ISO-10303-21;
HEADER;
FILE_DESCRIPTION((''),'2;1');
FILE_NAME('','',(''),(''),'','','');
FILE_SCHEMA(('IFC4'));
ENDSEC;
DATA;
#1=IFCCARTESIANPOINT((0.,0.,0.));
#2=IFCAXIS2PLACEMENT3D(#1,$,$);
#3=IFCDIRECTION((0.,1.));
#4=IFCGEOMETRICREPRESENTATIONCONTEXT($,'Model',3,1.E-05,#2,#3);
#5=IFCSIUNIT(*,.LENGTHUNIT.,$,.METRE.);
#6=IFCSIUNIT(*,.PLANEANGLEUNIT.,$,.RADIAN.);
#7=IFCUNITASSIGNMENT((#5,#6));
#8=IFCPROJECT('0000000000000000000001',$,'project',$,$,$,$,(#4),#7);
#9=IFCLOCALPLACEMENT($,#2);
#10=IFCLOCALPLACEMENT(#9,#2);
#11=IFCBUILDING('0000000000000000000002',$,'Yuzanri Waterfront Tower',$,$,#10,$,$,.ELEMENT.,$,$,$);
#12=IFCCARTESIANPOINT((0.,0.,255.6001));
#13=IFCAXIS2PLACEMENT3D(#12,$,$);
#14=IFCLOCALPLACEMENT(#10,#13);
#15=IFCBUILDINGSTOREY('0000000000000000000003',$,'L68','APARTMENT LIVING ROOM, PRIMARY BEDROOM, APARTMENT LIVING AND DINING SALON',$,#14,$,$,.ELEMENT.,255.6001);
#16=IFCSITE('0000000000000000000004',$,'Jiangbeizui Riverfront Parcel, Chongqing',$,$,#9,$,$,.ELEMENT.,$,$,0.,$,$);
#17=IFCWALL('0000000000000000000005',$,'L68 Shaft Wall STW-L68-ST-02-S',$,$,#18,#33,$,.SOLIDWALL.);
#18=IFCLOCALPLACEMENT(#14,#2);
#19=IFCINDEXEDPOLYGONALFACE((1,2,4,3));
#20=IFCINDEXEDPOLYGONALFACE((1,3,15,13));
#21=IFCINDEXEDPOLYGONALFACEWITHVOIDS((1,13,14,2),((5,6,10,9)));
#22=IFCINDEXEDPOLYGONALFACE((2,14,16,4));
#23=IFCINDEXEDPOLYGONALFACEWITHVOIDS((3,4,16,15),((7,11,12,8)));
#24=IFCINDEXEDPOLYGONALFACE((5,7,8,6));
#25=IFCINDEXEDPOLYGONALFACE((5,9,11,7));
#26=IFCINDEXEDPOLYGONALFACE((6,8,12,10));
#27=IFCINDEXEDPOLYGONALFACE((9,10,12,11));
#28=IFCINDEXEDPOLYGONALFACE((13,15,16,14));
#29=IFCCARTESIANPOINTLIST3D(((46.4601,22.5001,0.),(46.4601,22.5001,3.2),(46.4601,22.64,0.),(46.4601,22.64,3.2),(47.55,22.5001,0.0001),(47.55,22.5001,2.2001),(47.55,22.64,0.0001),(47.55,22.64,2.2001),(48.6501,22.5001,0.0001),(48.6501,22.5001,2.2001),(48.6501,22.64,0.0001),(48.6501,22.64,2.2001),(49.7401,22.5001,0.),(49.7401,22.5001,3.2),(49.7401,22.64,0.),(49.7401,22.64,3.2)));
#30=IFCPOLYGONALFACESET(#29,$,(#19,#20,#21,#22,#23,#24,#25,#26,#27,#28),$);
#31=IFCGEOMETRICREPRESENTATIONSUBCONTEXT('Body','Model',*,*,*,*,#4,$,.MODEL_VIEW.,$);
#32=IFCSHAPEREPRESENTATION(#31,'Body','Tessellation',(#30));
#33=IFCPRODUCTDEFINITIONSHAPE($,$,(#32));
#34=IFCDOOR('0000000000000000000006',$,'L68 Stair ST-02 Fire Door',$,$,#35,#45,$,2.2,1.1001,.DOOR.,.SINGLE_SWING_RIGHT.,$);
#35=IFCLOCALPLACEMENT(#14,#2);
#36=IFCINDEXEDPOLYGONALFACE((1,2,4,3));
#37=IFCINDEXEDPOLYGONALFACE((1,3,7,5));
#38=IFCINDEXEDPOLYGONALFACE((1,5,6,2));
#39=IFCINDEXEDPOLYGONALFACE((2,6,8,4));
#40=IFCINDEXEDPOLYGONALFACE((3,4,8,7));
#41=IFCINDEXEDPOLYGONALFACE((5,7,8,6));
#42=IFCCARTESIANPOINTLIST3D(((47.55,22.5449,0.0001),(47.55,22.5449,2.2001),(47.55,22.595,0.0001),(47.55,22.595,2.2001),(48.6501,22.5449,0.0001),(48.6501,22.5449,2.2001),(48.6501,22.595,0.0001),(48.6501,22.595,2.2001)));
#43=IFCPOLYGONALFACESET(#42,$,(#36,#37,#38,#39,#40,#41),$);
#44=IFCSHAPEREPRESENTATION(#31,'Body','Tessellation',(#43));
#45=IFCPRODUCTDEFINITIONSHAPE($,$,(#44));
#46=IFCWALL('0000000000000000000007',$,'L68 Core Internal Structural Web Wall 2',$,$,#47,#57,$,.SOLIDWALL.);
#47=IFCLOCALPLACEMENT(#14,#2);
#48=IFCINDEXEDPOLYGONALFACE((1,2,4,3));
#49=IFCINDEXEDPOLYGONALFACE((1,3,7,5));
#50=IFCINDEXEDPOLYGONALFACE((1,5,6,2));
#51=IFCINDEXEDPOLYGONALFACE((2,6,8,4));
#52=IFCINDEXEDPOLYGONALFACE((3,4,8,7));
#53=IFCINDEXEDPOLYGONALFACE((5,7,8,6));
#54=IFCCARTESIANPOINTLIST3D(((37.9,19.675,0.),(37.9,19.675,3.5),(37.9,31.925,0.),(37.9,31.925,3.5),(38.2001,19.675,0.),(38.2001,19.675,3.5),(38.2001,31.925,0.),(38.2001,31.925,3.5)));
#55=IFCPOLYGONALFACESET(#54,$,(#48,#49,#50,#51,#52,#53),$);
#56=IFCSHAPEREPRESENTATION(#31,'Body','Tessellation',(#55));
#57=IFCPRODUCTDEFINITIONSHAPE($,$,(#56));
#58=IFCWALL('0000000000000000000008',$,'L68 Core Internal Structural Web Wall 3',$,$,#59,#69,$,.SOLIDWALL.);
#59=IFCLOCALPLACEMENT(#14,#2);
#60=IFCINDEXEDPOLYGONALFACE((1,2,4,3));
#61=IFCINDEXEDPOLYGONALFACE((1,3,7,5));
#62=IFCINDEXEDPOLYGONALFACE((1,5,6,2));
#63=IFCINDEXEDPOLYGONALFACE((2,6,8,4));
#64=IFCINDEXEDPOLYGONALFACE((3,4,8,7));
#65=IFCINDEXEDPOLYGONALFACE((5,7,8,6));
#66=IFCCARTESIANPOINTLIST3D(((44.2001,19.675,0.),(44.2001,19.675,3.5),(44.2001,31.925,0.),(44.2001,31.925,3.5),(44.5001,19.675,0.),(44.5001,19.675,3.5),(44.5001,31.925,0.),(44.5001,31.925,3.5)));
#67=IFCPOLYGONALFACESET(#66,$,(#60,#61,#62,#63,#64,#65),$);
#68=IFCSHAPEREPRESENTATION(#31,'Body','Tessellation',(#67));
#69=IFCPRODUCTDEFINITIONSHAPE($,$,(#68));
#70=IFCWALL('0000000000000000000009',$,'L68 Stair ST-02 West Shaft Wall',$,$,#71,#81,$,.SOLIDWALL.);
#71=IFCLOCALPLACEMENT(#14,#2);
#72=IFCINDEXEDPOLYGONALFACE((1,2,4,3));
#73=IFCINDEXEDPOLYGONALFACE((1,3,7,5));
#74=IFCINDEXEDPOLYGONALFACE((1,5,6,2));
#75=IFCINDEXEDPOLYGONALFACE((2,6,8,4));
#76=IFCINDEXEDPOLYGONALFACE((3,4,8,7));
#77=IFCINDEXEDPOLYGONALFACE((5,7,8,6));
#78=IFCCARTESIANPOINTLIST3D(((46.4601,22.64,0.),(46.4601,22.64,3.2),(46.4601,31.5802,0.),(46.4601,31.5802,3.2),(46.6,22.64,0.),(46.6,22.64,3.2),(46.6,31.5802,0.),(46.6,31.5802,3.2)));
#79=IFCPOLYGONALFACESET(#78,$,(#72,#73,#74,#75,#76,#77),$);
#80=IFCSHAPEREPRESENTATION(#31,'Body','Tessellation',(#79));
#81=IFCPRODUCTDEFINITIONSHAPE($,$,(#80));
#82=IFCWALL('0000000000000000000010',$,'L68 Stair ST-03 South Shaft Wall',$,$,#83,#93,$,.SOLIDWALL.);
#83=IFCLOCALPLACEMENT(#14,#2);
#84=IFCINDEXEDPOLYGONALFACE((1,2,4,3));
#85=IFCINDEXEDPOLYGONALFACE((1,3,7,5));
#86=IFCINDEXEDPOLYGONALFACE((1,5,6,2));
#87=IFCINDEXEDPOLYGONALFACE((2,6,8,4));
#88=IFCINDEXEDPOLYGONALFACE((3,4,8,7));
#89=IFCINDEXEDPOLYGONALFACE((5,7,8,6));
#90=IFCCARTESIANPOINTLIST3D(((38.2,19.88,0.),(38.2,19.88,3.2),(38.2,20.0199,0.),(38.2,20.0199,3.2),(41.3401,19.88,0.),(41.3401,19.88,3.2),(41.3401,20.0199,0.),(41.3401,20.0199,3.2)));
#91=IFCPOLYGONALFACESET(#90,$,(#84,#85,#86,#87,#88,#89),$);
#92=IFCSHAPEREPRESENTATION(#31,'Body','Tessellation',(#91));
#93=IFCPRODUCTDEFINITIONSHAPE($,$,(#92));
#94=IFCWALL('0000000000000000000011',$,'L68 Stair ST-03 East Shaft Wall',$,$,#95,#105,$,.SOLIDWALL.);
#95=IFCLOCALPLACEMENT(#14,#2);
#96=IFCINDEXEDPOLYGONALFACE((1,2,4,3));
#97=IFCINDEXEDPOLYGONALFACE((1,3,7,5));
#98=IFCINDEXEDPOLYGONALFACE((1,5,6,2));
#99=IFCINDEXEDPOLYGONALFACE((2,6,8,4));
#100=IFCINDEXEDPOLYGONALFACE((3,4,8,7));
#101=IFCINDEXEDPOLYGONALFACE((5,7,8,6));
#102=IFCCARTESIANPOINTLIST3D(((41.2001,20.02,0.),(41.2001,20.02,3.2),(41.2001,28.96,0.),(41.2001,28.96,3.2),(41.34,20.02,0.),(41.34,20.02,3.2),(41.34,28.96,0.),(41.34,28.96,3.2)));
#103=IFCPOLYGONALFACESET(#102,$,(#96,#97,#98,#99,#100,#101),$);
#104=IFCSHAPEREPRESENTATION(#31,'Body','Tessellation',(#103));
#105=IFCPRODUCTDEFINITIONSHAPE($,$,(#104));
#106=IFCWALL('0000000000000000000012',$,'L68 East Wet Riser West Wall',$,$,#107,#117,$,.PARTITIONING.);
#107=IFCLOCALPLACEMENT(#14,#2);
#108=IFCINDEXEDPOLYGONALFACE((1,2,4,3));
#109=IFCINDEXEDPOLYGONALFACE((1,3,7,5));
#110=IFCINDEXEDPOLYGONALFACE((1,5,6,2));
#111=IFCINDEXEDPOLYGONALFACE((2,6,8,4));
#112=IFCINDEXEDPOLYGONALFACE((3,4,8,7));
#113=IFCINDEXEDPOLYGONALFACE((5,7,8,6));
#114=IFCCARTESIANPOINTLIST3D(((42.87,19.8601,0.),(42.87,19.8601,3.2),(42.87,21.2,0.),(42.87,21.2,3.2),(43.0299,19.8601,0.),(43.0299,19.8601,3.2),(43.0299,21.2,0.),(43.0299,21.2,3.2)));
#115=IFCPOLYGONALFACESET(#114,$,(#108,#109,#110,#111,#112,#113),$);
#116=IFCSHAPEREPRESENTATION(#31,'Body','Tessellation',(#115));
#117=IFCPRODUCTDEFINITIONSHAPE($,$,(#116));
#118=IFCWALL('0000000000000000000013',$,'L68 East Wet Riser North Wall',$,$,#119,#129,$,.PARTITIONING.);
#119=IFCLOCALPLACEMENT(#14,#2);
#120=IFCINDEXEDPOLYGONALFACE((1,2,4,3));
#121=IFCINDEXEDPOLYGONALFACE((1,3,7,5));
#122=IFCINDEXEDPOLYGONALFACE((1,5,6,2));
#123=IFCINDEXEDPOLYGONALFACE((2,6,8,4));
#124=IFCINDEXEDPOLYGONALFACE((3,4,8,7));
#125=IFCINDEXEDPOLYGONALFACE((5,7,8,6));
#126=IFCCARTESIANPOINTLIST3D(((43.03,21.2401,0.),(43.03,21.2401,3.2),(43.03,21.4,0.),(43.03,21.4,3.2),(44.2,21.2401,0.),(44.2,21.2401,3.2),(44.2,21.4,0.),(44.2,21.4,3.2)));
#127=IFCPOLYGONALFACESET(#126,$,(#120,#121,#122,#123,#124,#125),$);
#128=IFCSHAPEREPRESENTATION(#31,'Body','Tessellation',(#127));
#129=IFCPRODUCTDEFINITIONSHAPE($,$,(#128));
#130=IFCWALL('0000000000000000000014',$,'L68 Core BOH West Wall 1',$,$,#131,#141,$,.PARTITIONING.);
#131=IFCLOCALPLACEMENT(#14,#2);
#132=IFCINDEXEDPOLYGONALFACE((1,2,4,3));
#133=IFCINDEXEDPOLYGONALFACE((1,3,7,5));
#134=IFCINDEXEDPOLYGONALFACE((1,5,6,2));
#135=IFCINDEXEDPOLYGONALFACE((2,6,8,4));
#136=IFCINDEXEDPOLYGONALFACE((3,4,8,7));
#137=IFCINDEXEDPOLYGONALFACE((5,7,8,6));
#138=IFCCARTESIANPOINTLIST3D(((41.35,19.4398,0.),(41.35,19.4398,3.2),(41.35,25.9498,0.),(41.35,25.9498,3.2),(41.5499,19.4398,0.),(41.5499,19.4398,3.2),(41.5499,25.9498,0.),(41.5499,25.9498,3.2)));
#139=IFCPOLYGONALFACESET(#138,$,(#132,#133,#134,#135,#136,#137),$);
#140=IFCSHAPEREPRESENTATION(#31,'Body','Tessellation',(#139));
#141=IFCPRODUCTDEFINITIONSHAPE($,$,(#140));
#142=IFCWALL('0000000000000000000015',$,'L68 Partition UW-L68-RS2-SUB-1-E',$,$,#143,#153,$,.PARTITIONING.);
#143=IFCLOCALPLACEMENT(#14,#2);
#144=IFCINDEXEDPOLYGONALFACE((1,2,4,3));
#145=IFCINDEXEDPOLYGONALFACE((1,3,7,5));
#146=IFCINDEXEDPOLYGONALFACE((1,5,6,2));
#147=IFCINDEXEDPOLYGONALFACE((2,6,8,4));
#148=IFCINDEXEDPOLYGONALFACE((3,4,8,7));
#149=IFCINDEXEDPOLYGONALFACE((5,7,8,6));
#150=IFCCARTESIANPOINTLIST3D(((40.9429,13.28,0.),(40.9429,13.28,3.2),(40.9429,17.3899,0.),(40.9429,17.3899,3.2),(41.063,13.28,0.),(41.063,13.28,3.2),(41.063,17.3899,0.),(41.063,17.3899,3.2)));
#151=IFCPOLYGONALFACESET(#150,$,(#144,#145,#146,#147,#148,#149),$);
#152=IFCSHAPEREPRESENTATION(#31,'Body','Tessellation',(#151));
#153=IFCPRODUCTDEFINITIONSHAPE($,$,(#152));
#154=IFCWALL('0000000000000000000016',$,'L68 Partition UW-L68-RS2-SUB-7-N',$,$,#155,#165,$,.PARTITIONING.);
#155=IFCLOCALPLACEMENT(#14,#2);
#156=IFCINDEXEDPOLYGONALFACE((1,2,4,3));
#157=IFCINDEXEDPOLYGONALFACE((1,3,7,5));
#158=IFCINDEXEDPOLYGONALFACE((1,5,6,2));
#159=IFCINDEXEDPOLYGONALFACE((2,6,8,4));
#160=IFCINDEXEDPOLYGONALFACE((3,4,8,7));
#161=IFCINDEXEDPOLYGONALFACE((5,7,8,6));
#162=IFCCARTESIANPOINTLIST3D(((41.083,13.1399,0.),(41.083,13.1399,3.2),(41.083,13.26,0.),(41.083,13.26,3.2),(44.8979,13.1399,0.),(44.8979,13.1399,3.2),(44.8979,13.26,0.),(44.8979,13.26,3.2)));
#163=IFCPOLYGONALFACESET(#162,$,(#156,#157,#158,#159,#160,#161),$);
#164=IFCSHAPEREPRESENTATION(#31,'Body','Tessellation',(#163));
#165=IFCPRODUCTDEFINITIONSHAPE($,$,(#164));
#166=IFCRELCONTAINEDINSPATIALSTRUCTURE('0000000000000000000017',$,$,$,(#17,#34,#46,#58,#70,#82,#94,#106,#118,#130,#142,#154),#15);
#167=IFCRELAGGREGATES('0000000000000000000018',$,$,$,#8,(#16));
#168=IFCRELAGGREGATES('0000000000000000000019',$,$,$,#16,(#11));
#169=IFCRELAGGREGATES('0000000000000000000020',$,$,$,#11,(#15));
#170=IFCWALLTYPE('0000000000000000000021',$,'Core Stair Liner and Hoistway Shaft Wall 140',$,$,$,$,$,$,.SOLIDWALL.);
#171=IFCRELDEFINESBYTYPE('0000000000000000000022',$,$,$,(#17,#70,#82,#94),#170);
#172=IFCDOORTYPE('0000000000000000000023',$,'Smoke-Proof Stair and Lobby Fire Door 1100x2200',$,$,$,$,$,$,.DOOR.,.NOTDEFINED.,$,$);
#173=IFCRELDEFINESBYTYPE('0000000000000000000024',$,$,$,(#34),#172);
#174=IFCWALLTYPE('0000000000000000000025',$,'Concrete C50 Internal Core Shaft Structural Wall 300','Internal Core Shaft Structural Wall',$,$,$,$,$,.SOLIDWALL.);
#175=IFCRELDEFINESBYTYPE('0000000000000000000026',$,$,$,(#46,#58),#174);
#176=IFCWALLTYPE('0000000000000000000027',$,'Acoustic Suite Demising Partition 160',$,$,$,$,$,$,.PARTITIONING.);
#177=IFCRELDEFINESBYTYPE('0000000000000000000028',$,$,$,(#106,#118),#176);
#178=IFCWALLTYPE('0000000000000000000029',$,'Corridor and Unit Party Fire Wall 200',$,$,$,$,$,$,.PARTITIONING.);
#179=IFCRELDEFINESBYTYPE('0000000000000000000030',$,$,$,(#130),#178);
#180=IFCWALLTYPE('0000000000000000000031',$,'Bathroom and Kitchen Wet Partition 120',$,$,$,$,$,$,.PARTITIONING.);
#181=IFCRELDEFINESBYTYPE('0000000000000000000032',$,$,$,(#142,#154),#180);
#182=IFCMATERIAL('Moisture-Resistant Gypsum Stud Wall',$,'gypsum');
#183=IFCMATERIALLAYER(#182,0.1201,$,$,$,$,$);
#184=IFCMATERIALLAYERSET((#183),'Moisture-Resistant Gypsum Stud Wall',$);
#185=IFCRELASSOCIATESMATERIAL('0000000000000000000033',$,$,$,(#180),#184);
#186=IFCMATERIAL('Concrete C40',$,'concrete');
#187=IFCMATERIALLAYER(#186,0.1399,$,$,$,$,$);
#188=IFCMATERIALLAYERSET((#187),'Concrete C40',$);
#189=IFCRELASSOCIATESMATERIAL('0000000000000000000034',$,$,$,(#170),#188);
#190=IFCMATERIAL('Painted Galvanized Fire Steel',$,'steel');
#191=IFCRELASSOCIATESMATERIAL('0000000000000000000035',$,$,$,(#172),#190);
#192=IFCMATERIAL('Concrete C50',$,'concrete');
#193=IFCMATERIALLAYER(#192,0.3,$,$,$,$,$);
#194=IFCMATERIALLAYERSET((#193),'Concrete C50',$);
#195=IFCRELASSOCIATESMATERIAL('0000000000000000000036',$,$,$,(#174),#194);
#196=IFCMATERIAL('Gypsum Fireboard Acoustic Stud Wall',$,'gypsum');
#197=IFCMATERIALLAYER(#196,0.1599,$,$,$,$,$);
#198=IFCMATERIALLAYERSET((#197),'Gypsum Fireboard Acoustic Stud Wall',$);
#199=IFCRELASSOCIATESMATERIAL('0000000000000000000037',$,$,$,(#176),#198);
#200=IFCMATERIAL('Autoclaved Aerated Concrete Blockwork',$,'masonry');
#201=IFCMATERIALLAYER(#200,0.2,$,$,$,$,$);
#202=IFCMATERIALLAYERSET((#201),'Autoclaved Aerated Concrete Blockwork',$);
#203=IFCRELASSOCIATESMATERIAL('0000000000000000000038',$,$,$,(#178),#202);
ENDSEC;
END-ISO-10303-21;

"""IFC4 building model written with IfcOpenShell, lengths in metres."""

from ifc_helpers import new_model, si_unit, direction, frame, frame_2d, origin, place, context, subcontext, project, spatial, rectangle, extrude, source, transform, mapped, material, layer, layer_set, type_object, element, fill, save


model = new_model("IFC4")

# Units and contexts
model_context = context("Model", 3, precision=1e-05, world=origin(), true_north=direction((0.0, 1.0)))
body_context = subcontext(model_context, "Body", "Model", "MODEL_VIEW")
ifc_project = project(units=[si_unit("LENGTHUNIT", "METRE"), si_unit("PLANEANGLEUNIT", "RADIAN")], contexts=[model_context])

# Site, building, storey
site_placement = place(None, origin())
site = spatial("IfcSite", under=ifc_project, at=site_placement, Name="Jiangbeizui Riverfront Parcel, Chongqing", CompositionType="ELEMENT", RefElevation=0.0)
building_placement = place(site_placement, origin())
building = spatial("IfcBuilding", under=site, at=building_placement, Name="Yuzanri Waterfront Tower", CompositionType="ELEMENT")
storey_placement = place(building_placement, frame((0.0, 0.0, 255.6001)))
storey = spatial("IfcBuildingStorey", under=building, at=storey_placement, Name="L68", Description="APARTMENT LIVING ROOM, PRIMARY BEDROOM, APARTMENT LIVING AND DINING SALON", CompositionType="ELEMENT", Elevation=255.6001)

# Wall, opening, door
ifc_material_1 = material(Name="Moisture-Resistant Gypsum Stud Wall", Category="gypsum")
ifc_layer_1 = layer(ifc_material_1, 0.1201)
ifc_layer_set_1 = layer_set([ifc_layer_1], Name="Moisture-Resistant Gypsum Stud Wall")
wall_type_1 = type_object("IfcWallType", Name="Bathroom and Kitchen Wet Partition 120", PredefinedType="PARTITIONING", material=ifc_layer_set_1)
ifc_material_2 = material(Name="Concrete C40", Category="concrete")
ifc_layer_2 = layer(ifc_material_2, 0.1399)
ifc_layer_set_2 = layer_set([ifc_layer_2], Name="Concrete C40")
wall_type_2 = type_object("IfcWallType", Name="Core Stair Liner and Hoistway Shaft Wall 140", PredefinedType="SOLIDWALL", material=ifc_layer_set_2)
wall_1_placement = place(storey_placement, frame((46.46, 22.5701, 0.0), z_axis=(0.0, 0.0, 1.0), x_axis=(1.0, 0.0, 0.0)))
wall_1 = element("IfcWall", 1, at=wall_1_placement, inside=storey, type_object=wall_type_2, Name="L68 Shaft Wall STW-L68-ST-02-S", PredefinedType="SOLIDWALL", context=body_context, shape_type="SweptSolid", body=[
    extrude(rectangle(XDim=3.28, YDim=0.1399, at=frame_2d((1.6401, 0.0))), origin(), (0.0, 0.0, 1.0), 3.2),
])
opening_1_placement = place(wall_1_placement, frame((1.0901, 0.0, 0.0)))
opening_1 = element("IfcOpeningElement", 2, at=opening_1_placement, cuts=wall_1, PredefinedType="OPENING", context=body_context, shape_type="SweptSolid", body=[
    extrude(rectangle(XDim=1.1001, YDim=2.2, at=frame_2d((0.55, 1.1001))), frame((0.0, 0.085, 0.0), z_axis=(0.0, -1.0, 0.0), x_axis=(1.0, 0.0, 0.0)), (0.0, 0.0, 1.0), 0.1697),
])
ifc_material_3 = material(Name="Painted Galvanized Fire Steel", Category="steel")
door_type_1 = type_object("IfcDoorType", Name="Smoke-Proof Stair and Lobby Fire Door 1100x2200", OperationType="NOTDEFINED", PredefinedType="DOOR", material=ifc_material_3)
shared_shape_1 = source(origin(), body_context, "Body", "SweptSolid", [
    extrude(rectangle(XDim=1.1001, YDim=2.2, at=frame_2d((0.55, 1.1001))), frame((0.0, 0.0249, 0.0), z_axis=(0.0, -1.0, 0.0), x_axis=(1.0, 0.0, 0.0)), (0.0, 0.0, 1.0), 0.05),
])
door_1_placement = place(opening_1_placement, origin())
door_1 = element("IfcDoor", 3, at=door_1_placement, inside=storey, type_object=door_type_1, Name="L68 Stair ST-02 Fire Door", OperationType="SINGLE_SWING_RIGHT", OverallHeight=2.2, OverallWidth=1.1001, PredefinedType="DOOR", context=body_context, shape_type="MappedRepresentation", body=[
    mapped(shared_shape_1, transform((0.0, 0.0, 0.0), scale=1.0)),
])
fill(opening_1, door_1)

# Walls
ifc_material_4 = material(Name="Concrete C50", Category="concrete")
ifc_layer_3 = layer(ifc_material_4, 0.3)
ifc_layer_set_3 = layer_set([ifc_layer_3], Name="Concrete C50")
wall_type_3 = type_object("IfcWallType", Name="Concrete C50 Internal Core Shaft Structural Wall 300", Description="Internal Core Shaft Structural Wall", PredefinedType="SOLIDWALL", material=ifc_layer_set_3)
shared_shape_2 = source(origin(), body_context, "Body", "SweptSolid", [
    extrude(rectangle(XDim=12.25, YDim=0.3, at=frame_2d((6.125, 0.0))), origin(), (0.0, 0.0, 1.0), 3.5),
])
for number, where, z_axis, x_axis, name in (
    (4, (38.05, 19.675, 0.0), (0.0, 0.0, 1.0), (0.0, 1.0, 0.0), "L68 Core Internal Structural Web Wall 2"),
    (5, (44.3501, 19.675, 0.0), (0.0, 0.0, 1.0), (0.0, 1.0, 0.0), "L68 Core Internal Structural Web Wall 3"),
):
    element("IfcWall", number, at=place(storey_placement, frame(where, z_axis=z_axis, x_axis=x_axis)), inside=storey, type_object=wall_type_3, Name=name, PredefinedType="SOLIDWALL", context=body_context, shape_type="MappedRepresentation", body=[
        mapped(shared_shape_2, transform((0.0, 0.0, 0.0), scale=1.0)),
    ])
shared_shape_3 = source(origin(), body_context, "Body", "SweptSolid", [
    extrude(rectangle(XDim=8.9402, YDim=0.1399, at=frame_2d((4.4702, 0.0))), origin(), (0.0, 0.0, 1.0), 3.2),
])
wall_2_placement = place(storey_placement, frame((46.53, 22.6399, 0.0), z_axis=(0.0, 0.0, 1.0), x_axis=(0.0, 1.0, 0.0)))
element("IfcWall", 6, at=wall_2_placement, inside=storey, type_object=wall_type_2, Name="L68 Stair ST-02 West Shaft Wall", PredefinedType="SOLIDWALL", context=body_context, shape_type="MappedRepresentation", body=[
    mapped(shared_shape_3, transform((0.0, 0.0, 0.0), scale=1.0)),
])
shared_shape_4 = source(origin(), body_context, "Body", "SweptSolid", [
    extrude(rectangle(XDim=3.1401, YDim=0.1399, at=frame_2d((1.5701, 0.0))), origin(), (0.0, 0.0, 1.0), 3.2),
])
wall_3_placement = place(storey_placement, frame((38.2, 19.95, 0.0), z_axis=(0.0, 0.0, 1.0), x_axis=(1.0, 0.0, 0.0)))
element("IfcWall", 7, at=wall_3_placement, inside=storey, type_object=wall_type_2, Name="L68 Stair ST-03 South Shaft Wall", PredefinedType="SOLIDWALL", context=body_context, shape_type="MappedRepresentation", body=[
    mapped(shared_shape_4, transform((0.0, 0.0, 0.0), scale=1.0)),
])
shared_shape_5 = source(origin(), body_context, "Body", "SweptSolid", [
    extrude(rectangle(XDim=8.9399, YDim=0.1399, at=frame_2d((4.47, 0.0))), origin(), (0.0, 0.0, 1.0), 3.2),
])
wall_4_placement = place(storey_placement, frame((41.27, 20.02, 0.0), z_axis=(0.0, 0.0, 1.0), x_axis=(0.0, 1.0, 0.0)))
element("IfcWall", 8, at=wall_4_placement, inside=storey, type_object=wall_type_2, Name="L68 Stair ST-03 East Shaft Wall", PredefinedType="SOLIDWALL", context=body_context, shape_type="MappedRepresentation", body=[
    mapped(shared_shape_5, transform((0.0, 0.0, 0.0), scale=1.0)),
])
ifc_material_5 = material(Name="Gypsum Fireboard Acoustic Stud Wall", Category="gypsum")
ifc_layer_4 = layer(ifc_material_5, 0.1599)
ifc_layer_set_4 = layer_set([ifc_layer_4], Name="Gypsum Fireboard Acoustic Stud Wall")
wall_type_4 = type_object("IfcWallType", Name="Acoustic Suite Demising Partition 160", PredefinedType="PARTITIONING", material=ifc_layer_set_4)
shared_shape_6 = source(origin(), body_context, "Body", "SweptSolid", [
    extrude(rectangle(XDim=1.3398, YDim=0.1599, at=frame_2d((0.6699, 0.0))), origin(), (0.0, 0.0, 1.0), 3.2),
])
wall_5_placement = place(storey_placement, frame((42.95, 19.8601, 0.0), z_axis=(0.0, 0.0, 1.0), x_axis=(0.0, 1.0, 0.0)))
element("IfcWall", 9, at=wall_5_placement, inside=storey, type_object=wall_type_4, Name="L68 East Wet Riser West Wall", PredefinedType="PARTITIONING", context=body_context, shape_type="MappedRepresentation", body=[
    mapped(shared_shape_6, transform((0.0, 0.0, 0.0), scale=1.0)),
])
shared_shape_7 = source(origin(), body_context, "Body", "SweptSolid", [
    extrude(rectangle(XDim=1.1699, YDim=0.1599, at=frame_2d((0.585, 0.0))), origin(), (0.0, 0.0, 1.0), 3.2),
])
wall_6_placement = place(storey_placement, frame((43.03, 21.3201, 0.0), z_axis=(0.0, 0.0, 1.0), x_axis=(1.0, 0.0, 0.0)))
element("IfcWall", 10, at=wall_6_placement, inside=storey, type_object=wall_type_4, Name="L68 East Wet Riser North Wall", PredefinedType="PARTITIONING", context=body_context, shape_type="MappedRepresentation", body=[
    mapped(shared_shape_7, transform((0.0, 0.0, 0.0), scale=1.0)),
])
ifc_material_6 = material(Name="Autoclaved Aerated Concrete Blockwork", Category="masonry")
ifc_layer_5 = layer(ifc_material_6, 0.2)
ifc_layer_set_5 = layer_set([ifc_layer_5], Name="Autoclaved Aerated Concrete Blockwork")
wall_type_5 = type_object("IfcWallType", Name="Corridor and Unit Party Fire Wall 200", PredefinedType="PARTITIONING", material=ifc_layer_set_5)
shared_shape_8 = source(origin(), body_context, "Body", "SweptSolid", [
    extrude(rectangle(XDim=6.51, YDim=0.2, at=frame_2d((3.2549, 0.0))), origin(), (0.0, 0.0, 1.0), 3.2),
])
wall_7_placement = place(storey_placement, frame((41.45, 19.4399, 0.0), z_axis=(0.0, 0.0, 1.0), x_axis=(0.0, 1.0, 0.0)))
element("IfcWall", 11, at=wall_7_placement, inside=storey, type_object=wall_type_5, Name="L68 Core BOH West Wall 1", PredefinedType="PARTITIONING", context=body_context, shape_type="MappedRepresentation", body=[
    mapped(shared_shape_8, transform((0.0, 0.0, 0.0), scale=1.0)),
])
shared_shape_9 = source(origin(), body_context, "Body", "SweptSolid", [
    extrude(rectangle(XDim=4.1099, YDim=0.1201, at=frame_2d((2.0549, 0.0))), origin(), (0.0, 0.0, 1.0), 3.2),
])
wall_8_placement = place(storey_placement, frame((41.0029, 13.28, 0.0), z_axis=(0.0, 0.0, 1.0), x_axis=(0.0, 1.0, 0.0)))
element("IfcWall", 12, at=wall_8_placement, inside=storey, type_object=wall_type_1, Name="L68 Partition UW-L68-RS2-SUB-1-E", PredefinedType="PARTITIONING", context=body_context, shape_type="MappedRepresentation", body=[
    mapped(shared_shape_9, transform((0.0, 0.0, 0.0), scale=1.0)),
])
shared_shape_10 = source(origin(), body_context, "Body", "SweptSolid", [
    extrude(rectangle(XDim=3.8149, YDim=0.1201, at=frame_2d((1.9075, 0.0))), origin(), (0.0, 0.0, 1.0), 3.2),
])
wall_9_placement = place(storey_placement, frame((41.083, 13.2, 0.0), z_axis=(0.0, 0.0, 1.0), x_axis=(1.0, 0.0, 0.0)))
element("IfcWall", 13, at=wall_9_placement, inside=storey, type_object=wall_type_1, Name="L68 Partition UW-L68-RS2-SUB-7-N", PredefinedType="PARTITIONING", context=body_context, shape_type="MappedRepresentation", body=[
    mapped(shared_shape_10, transform((0.0, 0.0, 0.0), scale=1.0)),
])

save(model, "model.ifc")
